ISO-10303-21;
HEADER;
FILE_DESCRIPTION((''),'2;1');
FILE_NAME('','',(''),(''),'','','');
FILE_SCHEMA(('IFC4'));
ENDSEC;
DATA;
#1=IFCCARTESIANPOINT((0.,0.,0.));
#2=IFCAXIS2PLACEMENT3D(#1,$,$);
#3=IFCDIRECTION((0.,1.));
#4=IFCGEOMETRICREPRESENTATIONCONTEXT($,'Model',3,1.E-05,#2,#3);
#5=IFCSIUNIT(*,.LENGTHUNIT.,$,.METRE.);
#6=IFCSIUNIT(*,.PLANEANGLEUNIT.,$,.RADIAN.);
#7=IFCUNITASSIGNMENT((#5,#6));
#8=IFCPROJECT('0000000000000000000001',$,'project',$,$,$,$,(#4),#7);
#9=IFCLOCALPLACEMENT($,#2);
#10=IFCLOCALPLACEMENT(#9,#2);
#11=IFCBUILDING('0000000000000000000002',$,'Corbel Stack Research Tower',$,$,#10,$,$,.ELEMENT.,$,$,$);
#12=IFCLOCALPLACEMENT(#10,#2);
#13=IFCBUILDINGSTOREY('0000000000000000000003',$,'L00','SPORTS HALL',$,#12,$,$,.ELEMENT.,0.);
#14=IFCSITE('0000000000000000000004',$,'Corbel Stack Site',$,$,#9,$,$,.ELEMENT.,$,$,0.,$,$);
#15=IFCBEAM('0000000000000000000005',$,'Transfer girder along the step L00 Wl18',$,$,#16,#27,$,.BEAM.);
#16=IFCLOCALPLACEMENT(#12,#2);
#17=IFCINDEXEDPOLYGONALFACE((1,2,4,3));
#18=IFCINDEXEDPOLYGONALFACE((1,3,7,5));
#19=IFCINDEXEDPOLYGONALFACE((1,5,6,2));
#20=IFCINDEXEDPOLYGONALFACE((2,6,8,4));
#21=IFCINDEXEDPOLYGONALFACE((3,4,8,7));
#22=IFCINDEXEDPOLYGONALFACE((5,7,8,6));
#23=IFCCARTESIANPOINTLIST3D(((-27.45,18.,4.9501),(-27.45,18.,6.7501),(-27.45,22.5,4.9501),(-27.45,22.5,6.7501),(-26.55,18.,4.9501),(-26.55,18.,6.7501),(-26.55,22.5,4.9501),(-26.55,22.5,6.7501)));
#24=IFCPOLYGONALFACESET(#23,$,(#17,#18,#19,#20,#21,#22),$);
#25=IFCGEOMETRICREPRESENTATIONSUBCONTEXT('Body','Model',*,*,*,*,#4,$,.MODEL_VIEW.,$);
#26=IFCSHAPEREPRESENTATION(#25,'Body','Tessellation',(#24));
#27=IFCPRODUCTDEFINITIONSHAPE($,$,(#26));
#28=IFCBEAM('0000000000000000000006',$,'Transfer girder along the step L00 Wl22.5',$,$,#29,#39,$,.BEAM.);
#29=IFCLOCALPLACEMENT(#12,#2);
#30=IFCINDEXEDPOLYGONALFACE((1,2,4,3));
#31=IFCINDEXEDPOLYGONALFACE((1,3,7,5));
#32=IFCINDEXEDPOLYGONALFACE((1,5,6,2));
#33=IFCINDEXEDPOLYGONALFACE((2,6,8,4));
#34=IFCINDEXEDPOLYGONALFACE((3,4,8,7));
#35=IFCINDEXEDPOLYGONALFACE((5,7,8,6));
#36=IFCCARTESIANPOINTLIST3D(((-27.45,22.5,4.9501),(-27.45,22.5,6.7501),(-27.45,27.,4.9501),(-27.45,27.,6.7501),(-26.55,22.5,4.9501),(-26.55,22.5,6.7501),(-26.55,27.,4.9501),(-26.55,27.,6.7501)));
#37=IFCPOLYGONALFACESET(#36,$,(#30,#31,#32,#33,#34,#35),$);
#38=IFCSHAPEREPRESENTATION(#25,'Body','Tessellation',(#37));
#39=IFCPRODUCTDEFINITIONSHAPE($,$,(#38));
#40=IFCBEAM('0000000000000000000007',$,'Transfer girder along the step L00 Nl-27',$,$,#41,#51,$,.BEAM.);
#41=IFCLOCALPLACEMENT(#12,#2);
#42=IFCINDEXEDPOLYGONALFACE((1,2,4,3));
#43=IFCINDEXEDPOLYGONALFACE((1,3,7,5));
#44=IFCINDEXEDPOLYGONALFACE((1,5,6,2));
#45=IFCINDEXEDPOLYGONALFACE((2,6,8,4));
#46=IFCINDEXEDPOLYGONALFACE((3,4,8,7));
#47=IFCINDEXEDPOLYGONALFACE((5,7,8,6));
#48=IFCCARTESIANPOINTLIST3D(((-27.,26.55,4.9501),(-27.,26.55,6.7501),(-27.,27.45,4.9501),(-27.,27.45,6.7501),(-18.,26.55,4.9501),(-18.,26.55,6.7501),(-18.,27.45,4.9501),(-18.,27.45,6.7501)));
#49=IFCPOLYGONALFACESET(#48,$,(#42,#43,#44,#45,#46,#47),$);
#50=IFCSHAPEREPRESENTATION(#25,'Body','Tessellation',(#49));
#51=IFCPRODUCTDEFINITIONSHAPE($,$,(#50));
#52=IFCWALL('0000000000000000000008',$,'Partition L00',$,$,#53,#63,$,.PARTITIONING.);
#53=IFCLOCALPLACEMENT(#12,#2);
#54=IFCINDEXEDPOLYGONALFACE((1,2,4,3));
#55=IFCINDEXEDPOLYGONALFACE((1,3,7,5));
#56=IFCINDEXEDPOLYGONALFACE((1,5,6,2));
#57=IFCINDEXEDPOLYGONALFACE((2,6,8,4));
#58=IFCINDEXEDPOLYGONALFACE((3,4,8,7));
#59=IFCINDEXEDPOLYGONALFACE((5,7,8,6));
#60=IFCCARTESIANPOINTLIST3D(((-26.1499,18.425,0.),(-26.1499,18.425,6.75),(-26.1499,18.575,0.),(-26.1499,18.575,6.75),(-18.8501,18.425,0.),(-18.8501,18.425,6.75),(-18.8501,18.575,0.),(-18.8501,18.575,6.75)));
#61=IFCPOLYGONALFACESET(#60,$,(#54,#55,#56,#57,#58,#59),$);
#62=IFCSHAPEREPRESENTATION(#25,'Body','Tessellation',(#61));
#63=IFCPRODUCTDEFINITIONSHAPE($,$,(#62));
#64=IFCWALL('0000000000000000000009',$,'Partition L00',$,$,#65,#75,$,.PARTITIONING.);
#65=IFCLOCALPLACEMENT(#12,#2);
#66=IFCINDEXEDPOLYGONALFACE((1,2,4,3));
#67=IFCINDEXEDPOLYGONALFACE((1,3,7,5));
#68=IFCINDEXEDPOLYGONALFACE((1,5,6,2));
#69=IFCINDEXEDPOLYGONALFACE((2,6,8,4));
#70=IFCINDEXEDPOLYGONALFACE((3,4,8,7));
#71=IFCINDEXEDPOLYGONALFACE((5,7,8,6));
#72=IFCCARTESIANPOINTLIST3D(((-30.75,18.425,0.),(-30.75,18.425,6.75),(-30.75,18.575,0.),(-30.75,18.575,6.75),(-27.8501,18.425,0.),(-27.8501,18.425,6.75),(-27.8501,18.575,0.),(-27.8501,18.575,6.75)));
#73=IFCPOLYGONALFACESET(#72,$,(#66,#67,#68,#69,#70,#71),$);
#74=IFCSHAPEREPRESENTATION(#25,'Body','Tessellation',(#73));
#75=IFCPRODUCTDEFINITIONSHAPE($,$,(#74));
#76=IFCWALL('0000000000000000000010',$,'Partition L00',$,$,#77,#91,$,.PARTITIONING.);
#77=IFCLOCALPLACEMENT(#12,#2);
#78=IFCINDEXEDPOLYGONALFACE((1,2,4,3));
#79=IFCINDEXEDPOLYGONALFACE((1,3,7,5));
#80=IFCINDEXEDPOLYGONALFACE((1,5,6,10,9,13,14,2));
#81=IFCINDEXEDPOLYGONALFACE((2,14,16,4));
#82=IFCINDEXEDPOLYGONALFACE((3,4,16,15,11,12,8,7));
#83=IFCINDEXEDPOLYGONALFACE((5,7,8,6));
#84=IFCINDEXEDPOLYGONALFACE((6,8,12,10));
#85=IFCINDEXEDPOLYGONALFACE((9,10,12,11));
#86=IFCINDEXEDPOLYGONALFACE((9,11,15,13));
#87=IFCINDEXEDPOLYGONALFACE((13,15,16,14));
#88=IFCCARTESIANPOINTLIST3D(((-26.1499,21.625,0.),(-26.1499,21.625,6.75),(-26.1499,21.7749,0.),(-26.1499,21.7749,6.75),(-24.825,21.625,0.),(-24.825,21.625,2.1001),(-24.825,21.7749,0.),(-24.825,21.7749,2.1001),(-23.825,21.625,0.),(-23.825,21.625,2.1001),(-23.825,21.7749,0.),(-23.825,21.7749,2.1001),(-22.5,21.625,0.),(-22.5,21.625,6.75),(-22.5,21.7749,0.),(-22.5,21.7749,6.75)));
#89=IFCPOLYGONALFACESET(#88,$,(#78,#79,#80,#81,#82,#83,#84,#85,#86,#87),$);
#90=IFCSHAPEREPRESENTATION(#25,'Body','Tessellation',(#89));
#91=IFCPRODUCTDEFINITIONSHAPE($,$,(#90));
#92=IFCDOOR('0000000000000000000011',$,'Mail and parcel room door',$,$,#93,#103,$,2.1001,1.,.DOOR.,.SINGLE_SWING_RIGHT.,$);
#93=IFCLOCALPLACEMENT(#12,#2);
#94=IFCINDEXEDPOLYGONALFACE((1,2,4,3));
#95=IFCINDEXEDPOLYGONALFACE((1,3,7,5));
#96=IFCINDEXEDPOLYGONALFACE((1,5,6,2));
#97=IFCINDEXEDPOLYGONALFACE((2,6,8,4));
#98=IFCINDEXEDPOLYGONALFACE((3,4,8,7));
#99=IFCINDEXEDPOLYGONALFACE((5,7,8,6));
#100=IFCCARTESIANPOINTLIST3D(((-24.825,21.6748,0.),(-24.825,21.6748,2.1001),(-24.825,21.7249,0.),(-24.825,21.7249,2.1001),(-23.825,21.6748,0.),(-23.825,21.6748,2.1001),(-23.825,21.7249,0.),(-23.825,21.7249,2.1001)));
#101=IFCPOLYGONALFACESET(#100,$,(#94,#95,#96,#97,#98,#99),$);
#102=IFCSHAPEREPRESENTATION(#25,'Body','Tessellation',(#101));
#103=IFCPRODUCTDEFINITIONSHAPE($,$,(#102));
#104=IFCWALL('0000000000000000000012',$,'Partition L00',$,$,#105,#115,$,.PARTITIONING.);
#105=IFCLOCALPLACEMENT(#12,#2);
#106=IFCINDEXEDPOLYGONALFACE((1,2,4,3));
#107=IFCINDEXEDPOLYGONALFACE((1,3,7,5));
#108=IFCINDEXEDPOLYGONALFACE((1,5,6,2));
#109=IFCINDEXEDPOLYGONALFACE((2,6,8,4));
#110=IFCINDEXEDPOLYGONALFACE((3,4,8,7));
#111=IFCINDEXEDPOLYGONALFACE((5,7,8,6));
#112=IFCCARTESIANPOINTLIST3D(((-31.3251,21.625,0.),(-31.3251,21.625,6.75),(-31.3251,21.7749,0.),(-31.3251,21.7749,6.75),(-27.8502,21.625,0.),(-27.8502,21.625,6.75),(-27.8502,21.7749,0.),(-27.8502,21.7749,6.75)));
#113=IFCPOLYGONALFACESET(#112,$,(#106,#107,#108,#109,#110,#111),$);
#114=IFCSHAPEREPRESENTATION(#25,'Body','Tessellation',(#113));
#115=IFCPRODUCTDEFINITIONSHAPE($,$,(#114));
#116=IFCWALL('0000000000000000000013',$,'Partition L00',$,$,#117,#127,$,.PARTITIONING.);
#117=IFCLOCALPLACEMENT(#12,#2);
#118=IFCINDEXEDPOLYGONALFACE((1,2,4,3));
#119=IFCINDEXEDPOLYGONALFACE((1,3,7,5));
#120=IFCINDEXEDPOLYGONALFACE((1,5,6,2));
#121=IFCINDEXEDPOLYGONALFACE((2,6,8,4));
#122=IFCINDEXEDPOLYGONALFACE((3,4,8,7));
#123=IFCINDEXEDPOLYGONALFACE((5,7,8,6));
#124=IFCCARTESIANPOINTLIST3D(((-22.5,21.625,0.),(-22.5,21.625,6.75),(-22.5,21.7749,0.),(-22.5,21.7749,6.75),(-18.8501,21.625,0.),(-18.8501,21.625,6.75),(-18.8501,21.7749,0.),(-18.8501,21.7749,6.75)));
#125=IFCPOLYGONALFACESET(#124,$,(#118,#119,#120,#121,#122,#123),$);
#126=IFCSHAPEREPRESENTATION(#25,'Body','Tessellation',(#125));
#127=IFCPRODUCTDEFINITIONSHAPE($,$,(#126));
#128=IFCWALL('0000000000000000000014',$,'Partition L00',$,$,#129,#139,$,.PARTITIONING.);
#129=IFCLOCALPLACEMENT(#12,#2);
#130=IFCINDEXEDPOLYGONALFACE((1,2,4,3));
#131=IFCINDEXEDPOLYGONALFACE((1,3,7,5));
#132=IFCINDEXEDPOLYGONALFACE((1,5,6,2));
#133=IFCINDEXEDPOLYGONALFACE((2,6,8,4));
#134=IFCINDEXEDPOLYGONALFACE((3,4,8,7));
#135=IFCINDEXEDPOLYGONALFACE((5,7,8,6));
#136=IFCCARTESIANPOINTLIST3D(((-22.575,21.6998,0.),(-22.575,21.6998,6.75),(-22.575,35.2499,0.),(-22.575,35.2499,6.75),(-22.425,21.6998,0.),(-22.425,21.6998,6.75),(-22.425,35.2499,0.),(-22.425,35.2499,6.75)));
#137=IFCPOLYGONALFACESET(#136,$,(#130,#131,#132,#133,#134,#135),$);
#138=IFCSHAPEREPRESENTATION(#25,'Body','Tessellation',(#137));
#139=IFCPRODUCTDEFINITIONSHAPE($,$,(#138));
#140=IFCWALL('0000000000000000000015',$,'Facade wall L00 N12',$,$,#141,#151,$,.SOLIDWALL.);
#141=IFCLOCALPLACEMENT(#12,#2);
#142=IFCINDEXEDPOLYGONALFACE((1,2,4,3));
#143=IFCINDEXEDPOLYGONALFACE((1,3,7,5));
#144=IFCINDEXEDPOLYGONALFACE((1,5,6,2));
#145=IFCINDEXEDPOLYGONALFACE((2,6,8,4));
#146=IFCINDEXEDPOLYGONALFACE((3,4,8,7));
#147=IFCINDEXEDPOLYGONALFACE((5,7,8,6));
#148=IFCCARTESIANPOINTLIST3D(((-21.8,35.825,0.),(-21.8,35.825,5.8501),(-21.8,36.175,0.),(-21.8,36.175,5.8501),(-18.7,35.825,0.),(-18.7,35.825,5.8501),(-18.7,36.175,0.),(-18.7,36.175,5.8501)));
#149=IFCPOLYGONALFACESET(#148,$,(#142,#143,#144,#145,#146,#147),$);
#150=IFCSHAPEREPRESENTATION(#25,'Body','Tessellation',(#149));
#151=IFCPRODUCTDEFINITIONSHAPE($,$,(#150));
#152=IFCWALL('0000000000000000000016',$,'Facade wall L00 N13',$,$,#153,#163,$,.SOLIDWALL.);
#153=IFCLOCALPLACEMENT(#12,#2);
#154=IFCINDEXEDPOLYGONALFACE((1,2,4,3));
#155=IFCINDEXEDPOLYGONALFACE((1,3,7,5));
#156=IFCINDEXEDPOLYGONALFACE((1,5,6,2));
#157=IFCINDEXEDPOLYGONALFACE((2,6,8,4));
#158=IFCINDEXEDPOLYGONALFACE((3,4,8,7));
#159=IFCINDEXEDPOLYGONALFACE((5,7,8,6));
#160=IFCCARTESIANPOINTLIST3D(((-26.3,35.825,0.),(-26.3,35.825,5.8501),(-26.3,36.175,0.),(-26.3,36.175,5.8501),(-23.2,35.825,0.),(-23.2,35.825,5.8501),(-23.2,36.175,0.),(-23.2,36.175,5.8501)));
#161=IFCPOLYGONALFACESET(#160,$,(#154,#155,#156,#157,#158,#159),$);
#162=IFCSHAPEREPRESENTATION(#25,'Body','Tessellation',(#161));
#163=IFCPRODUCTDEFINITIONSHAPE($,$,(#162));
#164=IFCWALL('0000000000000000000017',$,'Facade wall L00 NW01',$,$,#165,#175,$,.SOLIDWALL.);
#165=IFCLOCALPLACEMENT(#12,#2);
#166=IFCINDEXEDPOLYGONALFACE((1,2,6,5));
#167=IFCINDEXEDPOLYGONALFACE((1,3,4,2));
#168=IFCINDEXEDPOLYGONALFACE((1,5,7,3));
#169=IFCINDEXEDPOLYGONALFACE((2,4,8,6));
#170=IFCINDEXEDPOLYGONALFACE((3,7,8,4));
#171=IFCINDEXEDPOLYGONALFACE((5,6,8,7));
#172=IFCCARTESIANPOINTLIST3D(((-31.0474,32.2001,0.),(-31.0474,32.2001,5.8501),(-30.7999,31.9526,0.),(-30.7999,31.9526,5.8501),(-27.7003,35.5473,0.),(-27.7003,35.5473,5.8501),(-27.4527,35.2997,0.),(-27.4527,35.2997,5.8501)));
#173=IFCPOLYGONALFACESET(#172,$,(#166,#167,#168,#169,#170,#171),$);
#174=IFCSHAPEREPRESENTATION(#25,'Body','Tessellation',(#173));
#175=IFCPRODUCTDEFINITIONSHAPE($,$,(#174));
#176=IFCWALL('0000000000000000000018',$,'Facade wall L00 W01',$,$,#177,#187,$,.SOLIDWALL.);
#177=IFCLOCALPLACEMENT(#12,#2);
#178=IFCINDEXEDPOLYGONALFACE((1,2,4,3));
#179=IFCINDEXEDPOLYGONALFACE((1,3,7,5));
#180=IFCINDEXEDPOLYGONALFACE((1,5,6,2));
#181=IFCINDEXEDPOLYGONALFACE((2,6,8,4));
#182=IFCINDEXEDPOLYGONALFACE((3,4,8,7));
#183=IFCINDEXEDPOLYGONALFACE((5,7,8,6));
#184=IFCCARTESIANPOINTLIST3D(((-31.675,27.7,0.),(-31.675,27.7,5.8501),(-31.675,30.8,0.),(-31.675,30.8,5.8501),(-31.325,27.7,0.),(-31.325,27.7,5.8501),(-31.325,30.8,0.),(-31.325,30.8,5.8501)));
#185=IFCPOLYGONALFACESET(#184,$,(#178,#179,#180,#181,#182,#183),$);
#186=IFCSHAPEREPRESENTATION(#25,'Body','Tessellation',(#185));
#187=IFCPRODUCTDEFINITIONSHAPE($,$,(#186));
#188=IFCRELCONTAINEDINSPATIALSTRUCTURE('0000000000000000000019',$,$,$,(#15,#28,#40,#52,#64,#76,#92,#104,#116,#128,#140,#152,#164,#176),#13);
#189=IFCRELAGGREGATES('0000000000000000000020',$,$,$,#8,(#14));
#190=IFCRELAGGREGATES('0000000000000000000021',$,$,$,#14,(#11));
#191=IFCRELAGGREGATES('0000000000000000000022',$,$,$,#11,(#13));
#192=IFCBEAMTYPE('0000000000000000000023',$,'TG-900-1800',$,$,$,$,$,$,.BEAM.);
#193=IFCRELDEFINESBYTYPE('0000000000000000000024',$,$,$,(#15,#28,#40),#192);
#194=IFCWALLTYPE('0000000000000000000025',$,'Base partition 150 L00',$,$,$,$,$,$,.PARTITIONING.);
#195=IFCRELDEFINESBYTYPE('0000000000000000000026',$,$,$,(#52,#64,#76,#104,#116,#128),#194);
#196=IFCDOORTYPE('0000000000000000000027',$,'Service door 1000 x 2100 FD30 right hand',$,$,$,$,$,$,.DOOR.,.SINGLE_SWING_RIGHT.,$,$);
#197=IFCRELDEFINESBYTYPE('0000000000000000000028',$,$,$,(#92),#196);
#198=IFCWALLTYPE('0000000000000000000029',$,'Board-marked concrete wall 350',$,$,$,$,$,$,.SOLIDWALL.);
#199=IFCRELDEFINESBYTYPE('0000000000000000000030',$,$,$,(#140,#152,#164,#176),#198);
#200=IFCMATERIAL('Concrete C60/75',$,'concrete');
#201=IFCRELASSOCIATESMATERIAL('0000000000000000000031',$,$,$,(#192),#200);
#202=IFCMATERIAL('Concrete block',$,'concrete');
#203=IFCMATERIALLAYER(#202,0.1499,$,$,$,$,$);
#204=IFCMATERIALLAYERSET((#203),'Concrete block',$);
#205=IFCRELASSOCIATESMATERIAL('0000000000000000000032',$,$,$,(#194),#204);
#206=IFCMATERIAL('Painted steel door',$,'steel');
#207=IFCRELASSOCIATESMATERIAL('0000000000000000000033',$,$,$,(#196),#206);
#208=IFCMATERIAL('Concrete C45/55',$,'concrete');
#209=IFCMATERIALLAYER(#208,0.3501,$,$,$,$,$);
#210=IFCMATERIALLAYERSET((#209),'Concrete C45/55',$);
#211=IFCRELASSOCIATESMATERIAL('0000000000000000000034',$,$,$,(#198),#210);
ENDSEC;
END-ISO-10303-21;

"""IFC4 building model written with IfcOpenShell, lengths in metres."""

from ifc_helpers import new_model, si_unit, direction, frame, frame_2d, origin, origin_2d, place, context, subcontext, project, spatial, rectangle, extrude, material, layer, layer_set, material_profile, profile_set, type_object, element, fill, save


model = new_model("IFC4")

# Units and contexts
model_context = context("Model", 3, precision=1e-05, world=origin(), true_north=direction((0.0, 1.0)))
body_context = subcontext(model_context, "Body", "Model", "MODEL_VIEW")
ifc_project = project(units=[si_unit("LENGTHUNIT", "METRE"), si_unit("PLANEANGLEUNIT", "RADIAN")], contexts=[model_context])

# Site, building, storey
site_placement = place(None, origin())
site = spatial("IfcSite", under=ifc_project, at=site_placement, Name="Corbel Stack Site", CompositionType="ELEMENT", RefElevation=0.0)
building_placement = place(site_placement, origin())
building = spatial("IfcBuilding", under=site, at=building_placement, Name="Corbel Stack Research Tower", CompositionType="ELEMENT")
storey_placement = place(building_placement, origin())
storey = spatial("IfcBuildingStorey", under=building, at=storey_placement, Name="L00", Description="SPORTS HALL", CompositionType="ELEMENT", Elevation=0.0)

# Beams
ifc_material_1 = material(Name="Concrete C60/75", Category="concrete")
ifc_material_profile_1 = material_profile(ifc_material_1, rectangle(XDim=0.8999, YDim=1.8, at=origin_2d()), Name="RC 900 x 1800")
ifc_profile_set_1 = profile_set([ifc_material_profile_1], Name="Concrete C60/75")
beam_type_1 = type_object("IfcBeamType", Name="TG-900-1800", PredefinedType="BEAM", material=ifc_profile_set_1)
for number, where, z_axis, x_axis, name in (
    (1, (-27.0, 18.0, 5.8501), (0.0, 1.0, 0.0), (-1.0, 0.0, 0.0), "Transfer girder along the step L00 Wl18"),
    (2, (-27.0, 22.5, 5.8501), (0.0, 1.0, 0.0), (-1.0, 0.0, 0.0), "Transfer girder along the step L00 Wl22.5"),
):
    element("IfcBeam", number, at=place(storey_placement, frame(where, z_axis=z_axis, x_axis=x_axis)), inside=storey, type_object=beam_type_1, Name=name, PredefinedType="BEAM", context=body_context, shape_type="SweptSolid", body=[
        extrude(rectangle(XDim=0.8999, YDim=1.8, at=origin_2d()), origin(), (0.0, 0.0, 1.0), 4.5),
    ])
beam_1_placement = place(storey_placement, frame((-27.0, 27.0, 5.8501), z_axis=(1.0, 0.0, 0.0), x_axis=(0.0, 1.0, 0.0)))
element("IfcBeam", 3, at=beam_1_placement, inside=storey, type_object=beam_type_1, Name="Transfer girder along the step L00 Nl-27", PredefinedType="BEAM", context=body_context, shape_type="SweptSolid", body=[
    extrude(rectangle(XDim=0.8999, YDim=1.8, at=origin_2d()), origin(), (0.0, 0.0, 1.0), 9.0),
])

# Walls
ifc_material_2 = material(Name="Concrete block", Category="concrete")
ifc_layer_1 = layer(ifc_material_2, 0.1499)
ifc_layer_set_1 = layer_set([ifc_layer_1], Name="Concrete block")
wall_type_1 = type_object("IfcWallType", Name="Base partition 150 L00", PredefinedType="PARTITIONING", material=ifc_layer_set_1)
wall_1_placement = place(storey_placement, frame((-26.1499, 18.5, 0.0), z_axis=(0.0, 0.0, 1.0), x_axis=(1.0, 0.0, 0.0)))
element("IfcWall", 4, at=wall_1_placement, inside=storey, type_object=wall_type_1, Name="Partition L00", PredefinedType="PARTITIONING", context=body_context, shape_type="SweptSolid", body=[
    extrude(rectangle(XDim=7.2998, YDim=0.1499, at=frame_2d((3.6499, 0.0))), origin(), (0.0, 0.0, 1.0), 6.75),
])
wall_2_placement = place(storey_placement, frame((-30.75, 18.5, 0.0), z_axis=(0.0, 0.0, 1.0), x_axis=(1.0, 0.0, 0.0)))
element("IfcWall", 5, at=wall_2_placement, inside=storey, type_object=wall_type_1, Name="Partition L00", PredefinedType="PARTITIONING", context=body_context, shape_type="SweptSolid", body=[
    extrude(rectangle(XDim=2.8999, YDim=0.1499, at=frame_2d((1.45, 0.0))), origin(), (0.0, 0.0, 1.0), 6.75),
])

# Wall, opening, door
wall_3_placement = place(storey_placement, frame((-26.1499, 21.7, 0.0), z_axis=(0.0, 0.0, 1.0), x_axis=(1.0, 0.0, 0.0)))
wall_3 = element("IfcWall", 6, at=wall_3_placement, inside=storey, type_object=wall_type_1, Name="Partition L00", PredefinedType="PARTITIONING", context=body_context, shape_type="SweptSolid", body=[
    extrude(rectangle(XDim=3.6499, YDim=0.1499, at=frame_2d((1.825, 0.0))), origin(), (0.0, 0.0, 1.0), 6.75),
])
opening_placement = place(wall_3_placement, frame((1.325, 0.0, 0.0)))
opening = element("IfcOpeningElement", 7, at=opening_placement, cuts=wall_3, PredefinedType="OPENING", context=body_context, shape_type="SweptSolid", body=[
    extrude(rectangle(XDim=1.0, YDim=2.1001, at=frame_2d((0.5, 1.05))), frame((0.0, 0.085, 0.0), z_axis=(0.0, -1.0, 0.0), x_axis=(1.0, 0.0, 0.0)), (0.0, 0.0, 1.0), 0.1699),
])
ifc_material_3 = material(Name="Painted steel door", Category="steel")
door_type = type_object("IfcDoorType", Name="Service door 1000 x 2100 FD30 right hand", OperationType="SINGLE_SWING_RIGHT", PredefinedType="DOOR", material=ifc_material_3)
door_placement = place(opening_placement, origin())
door = element("IfcDoor", 8, at=door_placement, inside=storey, type_object=door_type, Name="Mail and parcel room door", OperationType="SINGLE_SWING_RIGHT", OverallHeight=2.1001, OverallWidth=1.0, PredefinedType="DOOR", context=body_context, shape_type="SweptSolid", body=[
    extrude(rectangle(XDim=1.0, YDim=2.1001, at=frame_2d((0.5, 1.05))), frame((0.0, 0.0249, 0.0), z_axis=(0.0, -1.0, 0.0), x_axis=(1.0, 0.0, 0.0)), (0.0, 0.0, 1.0), 0.05),
])
fill(opening, door)

# Walls
wall_4_placement = place(storey_placement, frame((-31.325, 21.7, 0.0), z_axis=(0.0, 0.0, 1.0), x_axis=(1.0, 0.0, 0.0)))
element("IfcWall", 9, at=wall_4_placement, inside=storey, type_object=wall_type_1, Name="Partition L00", PredefinedType="PARTITIONING", context=body_context, shape_type="SweptSolid", body=[
    extrude(rectangle(XDim=3.4749, YDim=0.1499, at=frame_2d((1.7373, 0.0))), origin(), (0.0, 0.0, 1.0), 6.75),
])
wall_5_placement = place(storey_placement, frame((-22.5, 21.7, 0.0), z_axis=(0.0, 0.0, 1.0), x_axis=(1.0, 0.0, 0.0)))
element("IfcWall", 10, at=wall_5_placement, inside=storey, type_object=wall_type_1, Name="Partition L00", PredefinedType="PARTITIONING", context=body_context, shape_type="SweptSolid", body=[
    extrude(rectangle(XDim=3.6499, YDim=0.1499, at=frame_2d((1.825, 0.0))), origin(), (0.0, 0.0, 1.0), 6.75),
])
wall_6_placement = place(storey_placement, frame((-22.5, 21.7, 0.0), z_axis=(0.0, 0.0, 1.0), x_axis=(0.0, 1.0, 0.0)))
element("IfcWall", 11, at=wall_6_placement, inside=storey, type_object=wall_type_1, Name="Partition L00", PredefinedType="PARTITIONING", context=body_context, shape_type="SweptSolid", body=[
    extrude(rectangle(XDim=13.55, YDim=0.1499, at=frame_2d((6.7749, 0.0))), origin(), (0.0, 0.0, 1.0), 6.75),
])
ifc_material_4 = material(Name="Concrete C45/55", Category="concrete")
ifc_layer_2 = layer(ifc_material_4, 0.3501)
ifc_layer_set_2 = layer_set([ifc_layer_2], Name="Concrete C45/55")
wall_type_2 = type_object("IfcWallType", Name="Board-marked concrete wall 350", PredefinedType="SOLIDWALL", material=ifc_layer_set_2)
for number, where, z_axis, x_axis, name in (
    (12, (-21.8, 36.0, 0.0), (0.0, 0.0, 1.0), (1.0, 0.0, 0.0), "Facade wall L00 N12"),
    (13, (-26.3, 36.0, 0.0), (0.0, 0.0, 1.0), (1.0, 0.0, 0.0), "Facade wall L00 N13"),
):
    element("IfcWall", number, at=place(storey_placement, frame(where, z_axis=z_axis, x_axis=x_axis)), inside=storey, type_object=wall_type_2, Name=name, PredefinedType="SOLIDWALL", context=body_context, shape_type="SweptSolid", body=[
        extrude(rectangle(XDim=3.1001, YDim=0.3501, at=frame_2d((1.55, 0.0))), origin(), (0.0, 0.0, 1.0), 5.8501),
    ])
wall_7_placement = place(storey_placement, frame((-30.9236, 32.0764, 0.0), z_axis=(0.0, 0.0, 1.0), x_axis=(0.707107, 0.707107, 0.0)))
element("IfcWall", 14, at=wall_7_placement, inside=storey, type_object=wall_type_2, Name="Facade wall L00 NW01", PredefinedType="SOLIDWALL", context=body_context, shape_type="SweptSolid", body=[
    extrude(rectangle(XDim=4.7336, YDim=0.3501, at=frame_2d((2.3667, 0.0))), origin(), (0.0, 0.0, 1.0), 5.8501),
])
for number, where, z_axis, x_axis, name in (
    (15, (-31.5, 27.7, 0.0), (0.0, 0.0, 1.0), (0.0, 1.0, 0.0), "Facade wall L00 W01"),
):
    element("IfcWall", number, at=place(storey_placement, frame(where, z_axis=z_axis, x_axis=x_axis)), inside=storey, type_object=wall_type_2, Name=name, PredefinedType="SOLIDWALL", context=body_context, shape_type="SweptSolid", body=[
        extrude(rectangle(XDim=3.1001, YDim=0.3501, at=frame_2d((1.55, 0.0))), origin(), (0.0, 0.0, 1.0), 5.8501),
    ])

save(model, "model.ifc")
